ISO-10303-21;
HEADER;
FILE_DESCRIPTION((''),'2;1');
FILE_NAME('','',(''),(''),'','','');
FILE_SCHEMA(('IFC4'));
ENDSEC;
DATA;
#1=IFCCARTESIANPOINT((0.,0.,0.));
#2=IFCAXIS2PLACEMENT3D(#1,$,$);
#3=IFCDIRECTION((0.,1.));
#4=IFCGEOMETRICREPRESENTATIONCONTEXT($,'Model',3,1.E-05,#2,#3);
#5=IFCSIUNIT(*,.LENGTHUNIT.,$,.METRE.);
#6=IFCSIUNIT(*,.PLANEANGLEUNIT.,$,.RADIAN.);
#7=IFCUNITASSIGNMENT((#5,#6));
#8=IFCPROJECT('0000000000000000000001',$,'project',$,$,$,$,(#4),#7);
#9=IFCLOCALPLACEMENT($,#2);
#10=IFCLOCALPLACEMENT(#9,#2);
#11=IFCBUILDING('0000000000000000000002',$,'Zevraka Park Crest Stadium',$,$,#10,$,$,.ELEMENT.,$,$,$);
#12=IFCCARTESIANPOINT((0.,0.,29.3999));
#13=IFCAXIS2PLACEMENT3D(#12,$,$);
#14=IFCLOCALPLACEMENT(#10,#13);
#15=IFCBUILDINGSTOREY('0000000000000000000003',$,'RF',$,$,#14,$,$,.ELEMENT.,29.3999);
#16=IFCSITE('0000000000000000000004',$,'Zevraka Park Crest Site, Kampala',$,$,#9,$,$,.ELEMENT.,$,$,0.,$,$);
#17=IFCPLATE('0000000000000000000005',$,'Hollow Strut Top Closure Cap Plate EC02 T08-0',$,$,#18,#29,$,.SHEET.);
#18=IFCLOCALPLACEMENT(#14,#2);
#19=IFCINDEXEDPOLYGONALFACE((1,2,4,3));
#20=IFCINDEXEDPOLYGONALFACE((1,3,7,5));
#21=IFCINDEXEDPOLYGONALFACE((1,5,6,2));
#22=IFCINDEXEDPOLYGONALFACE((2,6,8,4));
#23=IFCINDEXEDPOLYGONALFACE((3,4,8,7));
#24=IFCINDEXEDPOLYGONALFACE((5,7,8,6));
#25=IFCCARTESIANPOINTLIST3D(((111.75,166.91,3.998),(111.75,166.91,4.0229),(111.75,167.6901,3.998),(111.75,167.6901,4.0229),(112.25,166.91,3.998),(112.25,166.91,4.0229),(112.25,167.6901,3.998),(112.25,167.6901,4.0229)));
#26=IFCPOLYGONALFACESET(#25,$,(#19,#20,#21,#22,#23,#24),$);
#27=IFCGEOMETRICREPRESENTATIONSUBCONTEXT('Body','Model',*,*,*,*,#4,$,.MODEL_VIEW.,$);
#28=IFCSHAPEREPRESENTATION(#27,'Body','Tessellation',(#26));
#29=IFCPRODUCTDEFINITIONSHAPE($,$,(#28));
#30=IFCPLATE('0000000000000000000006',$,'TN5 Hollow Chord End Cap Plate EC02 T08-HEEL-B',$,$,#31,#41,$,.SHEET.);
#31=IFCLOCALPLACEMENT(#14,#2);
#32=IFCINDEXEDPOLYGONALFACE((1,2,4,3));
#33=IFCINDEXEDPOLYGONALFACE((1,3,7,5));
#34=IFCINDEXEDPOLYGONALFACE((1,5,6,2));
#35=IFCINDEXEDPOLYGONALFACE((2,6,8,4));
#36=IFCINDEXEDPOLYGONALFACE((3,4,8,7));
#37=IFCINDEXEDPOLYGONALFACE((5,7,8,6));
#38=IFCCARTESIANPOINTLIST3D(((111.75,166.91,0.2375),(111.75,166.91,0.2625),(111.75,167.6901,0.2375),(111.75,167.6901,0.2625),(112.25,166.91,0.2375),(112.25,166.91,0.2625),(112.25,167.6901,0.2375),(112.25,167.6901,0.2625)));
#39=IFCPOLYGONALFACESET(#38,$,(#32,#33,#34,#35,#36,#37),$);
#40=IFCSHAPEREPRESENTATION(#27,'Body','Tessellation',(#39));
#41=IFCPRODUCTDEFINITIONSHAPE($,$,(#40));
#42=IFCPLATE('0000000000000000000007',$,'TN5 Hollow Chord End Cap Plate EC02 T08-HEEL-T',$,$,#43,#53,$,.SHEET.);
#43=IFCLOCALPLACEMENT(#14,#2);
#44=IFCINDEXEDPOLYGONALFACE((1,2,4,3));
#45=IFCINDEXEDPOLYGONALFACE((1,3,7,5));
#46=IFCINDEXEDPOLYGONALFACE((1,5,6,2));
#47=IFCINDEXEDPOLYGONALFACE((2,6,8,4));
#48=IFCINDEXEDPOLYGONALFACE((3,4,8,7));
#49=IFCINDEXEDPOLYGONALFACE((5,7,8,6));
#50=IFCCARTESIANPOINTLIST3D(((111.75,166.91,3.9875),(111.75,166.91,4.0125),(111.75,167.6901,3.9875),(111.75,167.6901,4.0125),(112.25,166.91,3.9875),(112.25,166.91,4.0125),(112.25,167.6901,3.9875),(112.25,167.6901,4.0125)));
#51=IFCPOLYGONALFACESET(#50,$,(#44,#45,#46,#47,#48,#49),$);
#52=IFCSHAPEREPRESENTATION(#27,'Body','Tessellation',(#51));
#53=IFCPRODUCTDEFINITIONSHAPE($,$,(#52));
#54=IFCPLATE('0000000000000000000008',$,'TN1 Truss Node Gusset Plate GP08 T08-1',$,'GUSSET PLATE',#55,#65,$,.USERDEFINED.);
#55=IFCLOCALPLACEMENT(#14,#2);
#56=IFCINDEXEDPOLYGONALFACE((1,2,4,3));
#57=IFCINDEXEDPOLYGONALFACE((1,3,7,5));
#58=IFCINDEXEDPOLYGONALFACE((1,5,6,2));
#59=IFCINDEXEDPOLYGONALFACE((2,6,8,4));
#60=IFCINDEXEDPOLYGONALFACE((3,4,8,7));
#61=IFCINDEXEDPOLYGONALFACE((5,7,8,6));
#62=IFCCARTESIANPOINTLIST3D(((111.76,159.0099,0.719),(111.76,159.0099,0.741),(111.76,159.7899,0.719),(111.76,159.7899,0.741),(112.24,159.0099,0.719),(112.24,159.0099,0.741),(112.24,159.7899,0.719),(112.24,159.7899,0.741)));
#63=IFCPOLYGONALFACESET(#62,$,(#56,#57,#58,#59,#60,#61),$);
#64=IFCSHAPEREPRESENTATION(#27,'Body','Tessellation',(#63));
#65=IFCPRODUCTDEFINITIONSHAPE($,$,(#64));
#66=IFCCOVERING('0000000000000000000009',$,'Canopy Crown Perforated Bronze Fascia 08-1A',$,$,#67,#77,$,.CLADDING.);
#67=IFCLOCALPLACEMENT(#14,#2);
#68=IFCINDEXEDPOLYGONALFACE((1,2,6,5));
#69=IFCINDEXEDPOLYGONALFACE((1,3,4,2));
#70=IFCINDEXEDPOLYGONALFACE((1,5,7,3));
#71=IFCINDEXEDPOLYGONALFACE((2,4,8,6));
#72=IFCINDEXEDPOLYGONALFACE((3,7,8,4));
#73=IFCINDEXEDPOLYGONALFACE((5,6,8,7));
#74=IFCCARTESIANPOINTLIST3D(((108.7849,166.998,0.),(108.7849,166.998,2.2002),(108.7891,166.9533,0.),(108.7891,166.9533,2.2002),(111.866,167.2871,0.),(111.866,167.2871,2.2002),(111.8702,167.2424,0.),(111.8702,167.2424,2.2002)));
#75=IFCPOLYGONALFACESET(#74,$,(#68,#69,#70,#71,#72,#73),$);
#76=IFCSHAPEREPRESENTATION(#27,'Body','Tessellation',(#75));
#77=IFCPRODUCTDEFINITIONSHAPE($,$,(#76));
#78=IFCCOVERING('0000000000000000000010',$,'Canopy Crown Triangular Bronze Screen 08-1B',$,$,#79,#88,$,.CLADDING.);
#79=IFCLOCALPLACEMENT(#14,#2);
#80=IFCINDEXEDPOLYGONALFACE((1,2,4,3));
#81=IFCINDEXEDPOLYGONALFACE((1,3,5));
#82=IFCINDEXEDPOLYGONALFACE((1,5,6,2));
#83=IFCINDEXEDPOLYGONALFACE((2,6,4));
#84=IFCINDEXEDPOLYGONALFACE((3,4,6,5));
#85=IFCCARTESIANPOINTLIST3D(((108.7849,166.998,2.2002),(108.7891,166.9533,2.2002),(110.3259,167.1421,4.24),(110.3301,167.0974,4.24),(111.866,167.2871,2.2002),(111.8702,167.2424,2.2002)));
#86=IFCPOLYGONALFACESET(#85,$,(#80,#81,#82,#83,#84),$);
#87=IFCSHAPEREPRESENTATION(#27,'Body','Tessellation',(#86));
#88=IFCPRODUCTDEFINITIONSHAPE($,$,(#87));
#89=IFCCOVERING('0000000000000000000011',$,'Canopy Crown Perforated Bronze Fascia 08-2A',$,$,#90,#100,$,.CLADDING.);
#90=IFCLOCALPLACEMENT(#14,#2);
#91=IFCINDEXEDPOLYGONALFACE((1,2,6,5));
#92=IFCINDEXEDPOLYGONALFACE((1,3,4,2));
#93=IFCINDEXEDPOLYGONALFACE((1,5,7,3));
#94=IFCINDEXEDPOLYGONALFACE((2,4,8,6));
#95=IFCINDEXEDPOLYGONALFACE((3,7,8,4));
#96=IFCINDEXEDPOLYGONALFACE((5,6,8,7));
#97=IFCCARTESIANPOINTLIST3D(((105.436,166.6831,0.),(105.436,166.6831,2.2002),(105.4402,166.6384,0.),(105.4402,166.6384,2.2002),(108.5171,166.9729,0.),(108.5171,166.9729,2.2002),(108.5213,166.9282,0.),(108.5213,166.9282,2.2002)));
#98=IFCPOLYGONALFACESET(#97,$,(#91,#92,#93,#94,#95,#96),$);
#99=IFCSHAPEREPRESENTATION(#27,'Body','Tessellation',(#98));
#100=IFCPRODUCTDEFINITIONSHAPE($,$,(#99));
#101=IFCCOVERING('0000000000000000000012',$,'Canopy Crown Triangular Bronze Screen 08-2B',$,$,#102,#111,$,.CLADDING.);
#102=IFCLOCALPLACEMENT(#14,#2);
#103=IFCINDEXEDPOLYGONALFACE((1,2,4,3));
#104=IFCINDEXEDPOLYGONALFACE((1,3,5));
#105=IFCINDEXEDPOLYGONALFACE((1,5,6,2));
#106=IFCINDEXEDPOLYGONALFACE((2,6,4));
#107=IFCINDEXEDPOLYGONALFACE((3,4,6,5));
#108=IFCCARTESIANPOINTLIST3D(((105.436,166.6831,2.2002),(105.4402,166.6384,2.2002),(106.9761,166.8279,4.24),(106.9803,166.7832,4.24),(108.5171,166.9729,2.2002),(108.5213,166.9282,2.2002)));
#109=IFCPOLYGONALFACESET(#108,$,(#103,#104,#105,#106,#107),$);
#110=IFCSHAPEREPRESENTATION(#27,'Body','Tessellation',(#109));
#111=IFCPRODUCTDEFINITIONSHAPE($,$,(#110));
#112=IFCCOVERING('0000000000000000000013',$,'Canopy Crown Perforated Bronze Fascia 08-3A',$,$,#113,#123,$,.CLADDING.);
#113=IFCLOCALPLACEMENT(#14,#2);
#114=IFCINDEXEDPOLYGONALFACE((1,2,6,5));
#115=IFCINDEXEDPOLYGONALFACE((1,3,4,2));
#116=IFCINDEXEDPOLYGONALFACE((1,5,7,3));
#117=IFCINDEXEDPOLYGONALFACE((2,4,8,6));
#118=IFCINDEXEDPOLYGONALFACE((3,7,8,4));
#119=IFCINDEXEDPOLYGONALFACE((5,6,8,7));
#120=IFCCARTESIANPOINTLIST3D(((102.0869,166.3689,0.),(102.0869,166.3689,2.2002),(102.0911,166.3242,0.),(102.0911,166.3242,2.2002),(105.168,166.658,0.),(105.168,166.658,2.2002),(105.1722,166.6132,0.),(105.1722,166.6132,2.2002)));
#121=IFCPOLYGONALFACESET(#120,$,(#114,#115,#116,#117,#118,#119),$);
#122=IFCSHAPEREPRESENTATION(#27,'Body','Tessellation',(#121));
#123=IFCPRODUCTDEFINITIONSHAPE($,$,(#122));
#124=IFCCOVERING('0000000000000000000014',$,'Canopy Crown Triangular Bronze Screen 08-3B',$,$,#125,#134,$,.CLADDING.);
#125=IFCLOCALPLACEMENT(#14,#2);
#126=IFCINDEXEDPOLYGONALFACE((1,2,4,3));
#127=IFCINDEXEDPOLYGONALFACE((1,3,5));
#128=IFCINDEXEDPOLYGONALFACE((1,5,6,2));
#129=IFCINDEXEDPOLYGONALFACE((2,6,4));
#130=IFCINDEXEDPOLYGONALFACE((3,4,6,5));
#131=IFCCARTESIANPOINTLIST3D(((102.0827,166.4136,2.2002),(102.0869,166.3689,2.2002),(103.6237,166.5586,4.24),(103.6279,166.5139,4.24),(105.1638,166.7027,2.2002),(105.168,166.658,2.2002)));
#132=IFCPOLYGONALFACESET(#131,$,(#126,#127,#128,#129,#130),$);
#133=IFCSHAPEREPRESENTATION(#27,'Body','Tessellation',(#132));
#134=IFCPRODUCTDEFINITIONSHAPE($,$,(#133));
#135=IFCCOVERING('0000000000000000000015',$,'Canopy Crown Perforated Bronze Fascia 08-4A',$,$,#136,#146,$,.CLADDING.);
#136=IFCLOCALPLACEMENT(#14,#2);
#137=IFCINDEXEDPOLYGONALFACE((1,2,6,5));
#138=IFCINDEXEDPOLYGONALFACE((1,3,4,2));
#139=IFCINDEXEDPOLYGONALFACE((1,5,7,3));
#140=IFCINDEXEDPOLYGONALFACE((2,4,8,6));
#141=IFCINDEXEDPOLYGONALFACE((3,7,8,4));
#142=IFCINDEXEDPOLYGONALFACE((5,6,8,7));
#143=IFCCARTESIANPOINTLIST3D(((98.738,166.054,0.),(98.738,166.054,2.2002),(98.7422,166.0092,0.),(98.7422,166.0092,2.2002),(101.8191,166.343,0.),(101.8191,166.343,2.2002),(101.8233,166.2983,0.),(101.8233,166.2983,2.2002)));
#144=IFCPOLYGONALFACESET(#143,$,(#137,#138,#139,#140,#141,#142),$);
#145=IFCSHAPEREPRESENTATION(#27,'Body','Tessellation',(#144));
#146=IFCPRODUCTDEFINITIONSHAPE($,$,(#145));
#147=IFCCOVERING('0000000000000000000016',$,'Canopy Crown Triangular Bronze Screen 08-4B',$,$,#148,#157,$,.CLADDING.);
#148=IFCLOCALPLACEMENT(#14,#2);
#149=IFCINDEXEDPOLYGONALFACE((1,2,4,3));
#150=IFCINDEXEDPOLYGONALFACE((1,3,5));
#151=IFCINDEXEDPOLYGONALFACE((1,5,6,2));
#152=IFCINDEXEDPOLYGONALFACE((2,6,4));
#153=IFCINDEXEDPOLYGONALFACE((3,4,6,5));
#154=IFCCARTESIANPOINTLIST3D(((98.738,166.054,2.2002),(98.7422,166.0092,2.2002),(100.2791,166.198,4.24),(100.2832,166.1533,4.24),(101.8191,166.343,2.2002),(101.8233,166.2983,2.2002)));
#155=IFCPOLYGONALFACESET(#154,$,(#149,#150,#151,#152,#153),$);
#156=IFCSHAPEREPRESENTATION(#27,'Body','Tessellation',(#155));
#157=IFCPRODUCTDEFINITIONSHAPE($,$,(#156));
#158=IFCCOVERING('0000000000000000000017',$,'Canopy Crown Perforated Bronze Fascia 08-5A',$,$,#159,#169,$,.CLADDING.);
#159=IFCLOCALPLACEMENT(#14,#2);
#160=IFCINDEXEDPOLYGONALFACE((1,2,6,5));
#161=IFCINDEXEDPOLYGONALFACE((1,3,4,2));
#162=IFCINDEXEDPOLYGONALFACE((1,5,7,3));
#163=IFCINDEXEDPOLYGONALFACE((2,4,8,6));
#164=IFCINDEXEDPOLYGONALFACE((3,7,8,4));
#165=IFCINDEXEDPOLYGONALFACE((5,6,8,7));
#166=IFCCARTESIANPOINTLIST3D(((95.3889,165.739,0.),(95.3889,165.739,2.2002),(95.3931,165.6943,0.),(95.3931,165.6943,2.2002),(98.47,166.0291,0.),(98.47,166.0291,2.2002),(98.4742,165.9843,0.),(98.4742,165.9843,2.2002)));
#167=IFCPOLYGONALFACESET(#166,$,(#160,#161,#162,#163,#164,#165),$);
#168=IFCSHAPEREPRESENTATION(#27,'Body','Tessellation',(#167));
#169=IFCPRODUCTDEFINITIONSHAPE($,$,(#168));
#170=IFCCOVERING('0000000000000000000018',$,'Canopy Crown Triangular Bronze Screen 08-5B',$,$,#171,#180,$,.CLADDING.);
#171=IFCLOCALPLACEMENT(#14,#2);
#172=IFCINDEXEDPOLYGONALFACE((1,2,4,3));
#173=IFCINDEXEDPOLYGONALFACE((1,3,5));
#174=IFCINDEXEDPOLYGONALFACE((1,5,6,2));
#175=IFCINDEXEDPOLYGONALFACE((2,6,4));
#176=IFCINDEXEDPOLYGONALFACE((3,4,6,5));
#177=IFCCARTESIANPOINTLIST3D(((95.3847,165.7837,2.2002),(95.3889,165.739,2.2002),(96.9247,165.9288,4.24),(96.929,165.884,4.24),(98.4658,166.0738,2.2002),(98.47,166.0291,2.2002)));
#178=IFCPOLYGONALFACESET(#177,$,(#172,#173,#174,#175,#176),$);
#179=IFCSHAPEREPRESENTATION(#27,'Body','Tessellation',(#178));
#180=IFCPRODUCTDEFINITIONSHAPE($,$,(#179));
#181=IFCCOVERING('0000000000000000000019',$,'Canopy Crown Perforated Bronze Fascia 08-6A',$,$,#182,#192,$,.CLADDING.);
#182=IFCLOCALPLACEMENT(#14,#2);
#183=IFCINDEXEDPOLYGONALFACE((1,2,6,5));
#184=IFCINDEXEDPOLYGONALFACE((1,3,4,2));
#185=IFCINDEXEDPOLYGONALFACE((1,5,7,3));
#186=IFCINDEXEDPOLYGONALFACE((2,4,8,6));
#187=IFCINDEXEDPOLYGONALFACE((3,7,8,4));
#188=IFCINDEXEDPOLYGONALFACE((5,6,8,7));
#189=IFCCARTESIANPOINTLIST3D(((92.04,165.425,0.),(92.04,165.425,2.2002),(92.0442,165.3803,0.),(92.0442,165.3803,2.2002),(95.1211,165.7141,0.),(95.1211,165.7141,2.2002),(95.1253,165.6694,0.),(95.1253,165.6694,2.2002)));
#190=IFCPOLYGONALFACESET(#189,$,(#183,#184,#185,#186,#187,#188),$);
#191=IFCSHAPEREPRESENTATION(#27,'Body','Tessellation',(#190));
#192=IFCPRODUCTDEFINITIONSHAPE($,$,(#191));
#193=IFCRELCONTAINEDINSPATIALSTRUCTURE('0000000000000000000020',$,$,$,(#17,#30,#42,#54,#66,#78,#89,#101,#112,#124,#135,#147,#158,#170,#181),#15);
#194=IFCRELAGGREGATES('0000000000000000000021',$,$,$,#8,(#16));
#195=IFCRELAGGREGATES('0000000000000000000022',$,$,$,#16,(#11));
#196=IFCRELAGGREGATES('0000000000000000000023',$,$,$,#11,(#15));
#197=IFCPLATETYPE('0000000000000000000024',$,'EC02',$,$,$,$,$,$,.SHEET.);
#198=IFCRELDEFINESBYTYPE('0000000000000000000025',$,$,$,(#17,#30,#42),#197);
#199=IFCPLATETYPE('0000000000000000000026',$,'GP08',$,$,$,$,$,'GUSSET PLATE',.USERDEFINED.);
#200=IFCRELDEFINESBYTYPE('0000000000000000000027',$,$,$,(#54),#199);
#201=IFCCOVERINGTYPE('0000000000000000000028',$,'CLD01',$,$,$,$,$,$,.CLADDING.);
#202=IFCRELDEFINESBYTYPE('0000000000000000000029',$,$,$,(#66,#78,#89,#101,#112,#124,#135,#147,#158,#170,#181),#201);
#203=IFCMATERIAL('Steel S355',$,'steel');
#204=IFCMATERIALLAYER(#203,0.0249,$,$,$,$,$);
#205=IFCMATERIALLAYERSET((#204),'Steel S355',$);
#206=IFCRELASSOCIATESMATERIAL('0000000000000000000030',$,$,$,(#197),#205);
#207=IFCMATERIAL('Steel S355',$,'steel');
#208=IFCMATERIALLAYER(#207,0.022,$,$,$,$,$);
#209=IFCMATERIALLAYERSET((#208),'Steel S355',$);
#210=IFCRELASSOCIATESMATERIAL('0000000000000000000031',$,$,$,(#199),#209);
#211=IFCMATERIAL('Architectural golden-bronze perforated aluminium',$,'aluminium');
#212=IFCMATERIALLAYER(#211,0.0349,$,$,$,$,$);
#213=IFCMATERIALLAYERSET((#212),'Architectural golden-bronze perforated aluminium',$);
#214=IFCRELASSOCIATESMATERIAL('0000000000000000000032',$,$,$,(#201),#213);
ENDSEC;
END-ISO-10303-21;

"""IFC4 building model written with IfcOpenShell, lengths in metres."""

from ifc_helpers import new_model, si_unit, direction, frame, origin, origin_2d, place, context, subcontext, project, spatial, polyline, rectangle, outline, extrude, material, layer, layer_set, type_object, element, save


model = new_model("IFC4")

# Units and contexts
model_context = context("Model", 3, precision=1e-05, world=origin(), true_north=direction((0.0, 1.0)))
body_context = subcontext(model_context, "Body", "Model", "MODEL_VIEW")
ifc_project = project(units=[si_unit("LENGTHUNIT", "METRE"), si_unit("PLANEANGLEUNIT", "RADIAN")], contexts=[model_context])

# Site, building, storey
site_placement = place(None, origin())
site = spatial("IfcSite", under=ifc_project, at=site_placement, Name="Zevraka Park Crest Site, Kampala", CompositionType="ELEMENT", RefElevation=0.0)
building_placement = place(site_placement, origin())
building = spatial("IfcBuilding", under=site, at=building_placement, Name="Zevraka Park Crest Stadium", CompositionType="ELEMENT")
storey_placement = place(building_placement, frame((0.0, 0.0, 29.3999)))
storey = spatial("IfcBuildingStorey", under=building, at=storey_placement, Name="RF", CompositionType="ELEMENT", Elevation=29.3999)

# Plates
ifc_material_1 = material(Name="Steel S355", Category="steel")
ifc_layer_1 = layer(ifc_material_1, 0.0249)
ifc_layer_set_1 = layer_set([ifc_layer_1], Name="Steel S355")
plate_type_1 = type_object("IfcPlateType", Name="EC02", PredefinedType="SHEET", material=ifc_layer_set_1)
for number, where, z_axis, x_axis, name in (
    (1, (112.0, 167.3, 3.998), (0.0, 0.0, 1.0), (0.0, 1.0, 0.0), "Hollow Strut Top Closure Cap Plate EC02 T08-0"),
    (2, (112.0, 167.3, 0.2375), (0.0, 0.0, 1.0), (0.0, 1.0, 0.0), "TN5 Hollow Chord End Cap Plate EC02 T08-HEEL-B"),
    (3, (112.0, 167.3, 3.9875), (0.0, 0.0, 1.0), (0.0, 1.0, 0.0), "TN5 Hollow Chord End Cap Plate EC02 T08-HEEL-T"),
):
    element("IfcPlate", number, at=place(storey_placement, frame(where, z_axis=z_axis, x_axis=x_axis)), inside=storey, type_object=plate_type_1, Name=name, PredefinedType="SHEET", context=body_context, shape_type="SweptSolid", body=[
        extrude(rectangle(XDim=0.78, YDim=0.5, at=origin_2d()), origin(), (0.0, 0.0, 1.0), 0.0249),
    ])
ifc_material_2 = material(Name="Steel S355", Category="steel")
ifc_layer_2 = layer(ifc_material_2, 0.022)
ifc_layer_set_2 = layer_set([ifc_layer_2], Name="Steel S355")
plate_type_2 = type_object("IfcPlateType", Name="GP08", ElementType="GUSSET PLATE", PredefinedType="USERDEFINED", material=ifc_layer_set_2)
plate_1_placement = place(storey_placement, frame((112.0, 159.3999, 0.719), z_axis=(0.0, 0.0, 1.0), x_axis=(0.0, 1.0, 0.0)))
element("IfcPlate", 4, at=plate_1_placement, inside=storey, type_object=plate_type_2, Name="TN1 Truss Node Gusset Plate GP08 T08-1", ObjectType="GUSSET PLATE", PredefinedType="USERDEFINED", context=body_context, shape_type="SweptSolid", body=[
    extrude(rectangle(XDim=0.78, YDim=0.48, at=origin_2d()), origin(), (0.0, 0.0, 1.0), 0.022),
])

# Coverings
ifc_material_3 = material(Name="Architectural golden-bronze perforated aluminium", Category="aluminium")
ifc_layer_3 = layer(ifc_material_3, 0.0349)
ifc_layer_set_3 = layer_set([ifc_layer_3], Name="Architectural golden-bronze perforated aluminium")
covering_type = type_object("IfcCoveringType", Name="CLD01", PredefinedType="CLADDING", material=ifc_layer_set_3)
covering_1_placement = place(storey_placement, frame((111.866, 167.2871, 0.0), z_axis=(-0.093409, 0.995628, 0.0), x_axis=(-0.995628, -0.093409, 0.0)))
element("IfcCovering", 5, at=covering_1_placement, inside=storey, type_object=covering_type, Name="Canopy Crown Perforated Bronze Fascia 08-1A", PredefinedType="CLADDING", context=body_context, shape_type="SweptSolid", body=[
    extrude(outline(polyline([(0.0, 0.0), (3.0946, 0.0), (3.0946, 2.2002), (0.0, 2.2002), (0.0, 0.0)])), origin(), (0.0, 0.0, -1.0), 0.0449),
])
covering_2_placement = place(storey_placement, frame((111.866, 167.2871, 2.2002), z_axis=(-0.093409, 0.995628, 0.000261), x_axis=(-0.995628, -0.093409, 0.0)))
element("IfcCovering", 6, at=covering_2_placement, inside=storey, type_object=covering_type, Name="Canopy Crown Triangular Bronze Screen 08-1B", PredefinedType="CLADDING", context=body_context, shape_type="SweptSolid", body=[
    extrude(outline(polyline([(0.0, 0.0), (3.0946, 0.0), (1.5469, 2.0398), (0.0, 0.0)])), origin(), (0.0, 0.0, -1.0), 0.0449),
])
covering_3_placement = place(storey_placement, frame((108.5171, 166.9729, 0.0), z_axis=(-0.093644, 0.995606, 0.0), x_axis=(-0.995606, -0.093644, 0.0)))
element("IfcCovering", 7, at=covering_3_placement, inside=storey, type_object=covering_type, Name="Canopy Crown Perforated Bronze Fascia 08-2A", PredefinedType="CLADDING", context=body_context, shape_type="SweptSolid", body=[
    extrude(outline(polyline([(0.0, 0.0), (3.0947, 0.0), (3.0947, 2.2002), (0.0, 2.2002), (0.0, 0.0)])), origin(), (0.0, 0.0, -1.0), 0.0449),
])
covering_4_placement = place(storey_placement, frame((108.5171, 166.9729, 2.2002), z_axis=(-0.093644, 0.995606, 0.000037), x_axis=(-0.995606, -0.093644, 0.0)))
element("IfcCovering", 8, at=covering_4_placement, inside=storey, type_object=covering_type, Name="Canopy Crown Triangular Bronze Screen 08-2B", PredefinedType="CLADDING", context=body_context, shape_type="SweptSolid", body=[
    extrude(outline(polyline([(0.0, 0.0), (3.0947, 0.0), (1.5478, 2.0398), (0.0, 0.0)])), origin(), (0.0, 0.0, -1.0), 0.0449),
])
covering_5_placement = place(storey_placement, frame((105.168, 166.658, 0.0), z_axis=(-0.093409, 0.995628, 0.0), x_axis=(-0.995628, -0.093409, 0.0)))
element("IfcCovering", 9, at=covering_5_placement, inside=storey, type_object=covering_type, Name="Canopy Crown Perforated Bronze Fascia 08-3A", PredefinedType="CLADDING", context=body_context, shape_type="SweptSolid", body=[
    extrude(outline(polyline([(0.0, 0.0), (3.0946, 0.0), (3.0946, 2.2002), (0.0, 2.2002), (0.0, 0.0)])), origin(), (0.0, 0.0, -1.0), 0.0449),
])
covering_6_placement = place(storey_placement, frame((105.168, 166.658, 2.2002), z_axis=(0.093409, -0.995628, 0.000216), x_axis=(-0.995628, -0.093409, 0.0)))
element("IfcCovering", 10, at=covering_6_placement, inside=storey, type_object=covering_type, Name="Canopy Crown Triangular Bronze Screen 08-3B", PredefinedType="CLADDING", context=body_context, shape_type="SweptSolid", body=[
    extrude(outline(polyline([(0.0, 0.0), (3.0946, 0.0), (1.5468, -2.0398), (0.0, 0.0)])), origin(), (0.0, 0.0, -1.0), 0.0449),
])
covering_7_placement = place(storey_placement, frame((101.8191, 166.343, 0.0), z_axis=(-0.093409, 0.995628, 0.0), x_axis=(-0.995628, -0.093409, 0.0)))
element("IfcCovering", 11, at=covering_7_placement, inside=storey, type_object=covering_type, Name="Canopy Crown Perforated Bronze Fascia 08-4A", PredefinedType="CLADDING", context=body_context, shape_type="SweptSolid", body=[
    extrude(outline(polyline([(0.0, 0.0), (3.0946, 0.0), (3.0946, 2.2002), (0.0, 2.2002), (0.0, 0.0)])), origin(), (0.0, 0.0, -1.0), 0.0449),
])
covering_8_placement = place(storey_placement, frame((101.8191, 166.343, 2.2002), z_axis=(-0.093409, 0.995628, 0.000261), x_axis=(-0.995628, -0.093409, 0.0)))
element("IfcCovering", 12, at=covering_8_placement, inside=storey, type_object=covering_type, Name="Canopy Crown Triangular Bronze Screen 08-4B", PredefinedType="CLADDING", context=body_context, shape_type="SweptSolid", body=[
    extrude(outline(polyline([(0.0, 0.0), (3.0946, 0.0), (1.5469, 2.0398), (0.0, 0.0)])), origin(), (0.0, 0.0, -1.0), 0.0449),
])
covering_9_placement = place(storey_placement, frame((98.47, 166.0291, 0.0), z_axis=(-0.093722, 0.995598, 0.0), x_axis=(-0.995598, -0.093722, 0.0)))
element("IfcCovering", 13, at=covering_9_placement, inside=storey, type_object=covering_type, Name="Canopy Crown Perforated Bronze Fascia 08-5A", PredefinedType="CLADDING", context=body_context, shape_type="SweptSolid", body=[
    extrude(outline(polyline([(0.0, 0.0), (3.0947, 0.0), (3.0947, 2.2002), (0.0, 2.2002), (0.0, 0.0)])), origin(), (0.0, 0.0, -1.0), 0.0449),
])
covering_10_placement = place(storey_placement, frame((98.47, 166.0291, 2.2002), z_axis=(0.093722, -0.995598, 0.000022), x_axis=(-0.995598, -0.093722, 0.0)))
element("IfcCovering", 14, at=covering_10_placement, inside=storey, type_object=covering_type, Name="Canopy Crown Triangular Bronze Screen 08-5B", PredefinedType="CLADDING", context=body_context, shape_type="SweptSolid", body=[
    extrude(outline(polyline([(0.0, 0.0), (3.0947, 0.0), (1.5478, -2.0398), (0.0, 0.0)])), origin(), (0.0, 0.0, -1.0), 0.0449),
])
covering_11_placement = place(storey_placement, frame((95.1211, 165.7141, 0.0), z_axis=(-0.093409, 0.995628, 0.0), x_axis=(-0.995628, -0.093409, 0.0)))
element("IfcCovering", 15, at=covering_11_placement, inside=storey, type_object=covering_type, Name="Canopy Crown Perforated Bronze Fascia 08-6A", PredefinedType="CLADDING", context=body_context, shape_type="SweptSolid", body=[
    extrude(outline(polyline([(0.0, 0.0), (3.0946, 0.0), (3.0946, 2.2002), (0.0, 2.2002), (0.0, 0.0)])), origin(), (0.0, 0.0, -1.0), 0.0449),
])

save(model, "model.ifc")
